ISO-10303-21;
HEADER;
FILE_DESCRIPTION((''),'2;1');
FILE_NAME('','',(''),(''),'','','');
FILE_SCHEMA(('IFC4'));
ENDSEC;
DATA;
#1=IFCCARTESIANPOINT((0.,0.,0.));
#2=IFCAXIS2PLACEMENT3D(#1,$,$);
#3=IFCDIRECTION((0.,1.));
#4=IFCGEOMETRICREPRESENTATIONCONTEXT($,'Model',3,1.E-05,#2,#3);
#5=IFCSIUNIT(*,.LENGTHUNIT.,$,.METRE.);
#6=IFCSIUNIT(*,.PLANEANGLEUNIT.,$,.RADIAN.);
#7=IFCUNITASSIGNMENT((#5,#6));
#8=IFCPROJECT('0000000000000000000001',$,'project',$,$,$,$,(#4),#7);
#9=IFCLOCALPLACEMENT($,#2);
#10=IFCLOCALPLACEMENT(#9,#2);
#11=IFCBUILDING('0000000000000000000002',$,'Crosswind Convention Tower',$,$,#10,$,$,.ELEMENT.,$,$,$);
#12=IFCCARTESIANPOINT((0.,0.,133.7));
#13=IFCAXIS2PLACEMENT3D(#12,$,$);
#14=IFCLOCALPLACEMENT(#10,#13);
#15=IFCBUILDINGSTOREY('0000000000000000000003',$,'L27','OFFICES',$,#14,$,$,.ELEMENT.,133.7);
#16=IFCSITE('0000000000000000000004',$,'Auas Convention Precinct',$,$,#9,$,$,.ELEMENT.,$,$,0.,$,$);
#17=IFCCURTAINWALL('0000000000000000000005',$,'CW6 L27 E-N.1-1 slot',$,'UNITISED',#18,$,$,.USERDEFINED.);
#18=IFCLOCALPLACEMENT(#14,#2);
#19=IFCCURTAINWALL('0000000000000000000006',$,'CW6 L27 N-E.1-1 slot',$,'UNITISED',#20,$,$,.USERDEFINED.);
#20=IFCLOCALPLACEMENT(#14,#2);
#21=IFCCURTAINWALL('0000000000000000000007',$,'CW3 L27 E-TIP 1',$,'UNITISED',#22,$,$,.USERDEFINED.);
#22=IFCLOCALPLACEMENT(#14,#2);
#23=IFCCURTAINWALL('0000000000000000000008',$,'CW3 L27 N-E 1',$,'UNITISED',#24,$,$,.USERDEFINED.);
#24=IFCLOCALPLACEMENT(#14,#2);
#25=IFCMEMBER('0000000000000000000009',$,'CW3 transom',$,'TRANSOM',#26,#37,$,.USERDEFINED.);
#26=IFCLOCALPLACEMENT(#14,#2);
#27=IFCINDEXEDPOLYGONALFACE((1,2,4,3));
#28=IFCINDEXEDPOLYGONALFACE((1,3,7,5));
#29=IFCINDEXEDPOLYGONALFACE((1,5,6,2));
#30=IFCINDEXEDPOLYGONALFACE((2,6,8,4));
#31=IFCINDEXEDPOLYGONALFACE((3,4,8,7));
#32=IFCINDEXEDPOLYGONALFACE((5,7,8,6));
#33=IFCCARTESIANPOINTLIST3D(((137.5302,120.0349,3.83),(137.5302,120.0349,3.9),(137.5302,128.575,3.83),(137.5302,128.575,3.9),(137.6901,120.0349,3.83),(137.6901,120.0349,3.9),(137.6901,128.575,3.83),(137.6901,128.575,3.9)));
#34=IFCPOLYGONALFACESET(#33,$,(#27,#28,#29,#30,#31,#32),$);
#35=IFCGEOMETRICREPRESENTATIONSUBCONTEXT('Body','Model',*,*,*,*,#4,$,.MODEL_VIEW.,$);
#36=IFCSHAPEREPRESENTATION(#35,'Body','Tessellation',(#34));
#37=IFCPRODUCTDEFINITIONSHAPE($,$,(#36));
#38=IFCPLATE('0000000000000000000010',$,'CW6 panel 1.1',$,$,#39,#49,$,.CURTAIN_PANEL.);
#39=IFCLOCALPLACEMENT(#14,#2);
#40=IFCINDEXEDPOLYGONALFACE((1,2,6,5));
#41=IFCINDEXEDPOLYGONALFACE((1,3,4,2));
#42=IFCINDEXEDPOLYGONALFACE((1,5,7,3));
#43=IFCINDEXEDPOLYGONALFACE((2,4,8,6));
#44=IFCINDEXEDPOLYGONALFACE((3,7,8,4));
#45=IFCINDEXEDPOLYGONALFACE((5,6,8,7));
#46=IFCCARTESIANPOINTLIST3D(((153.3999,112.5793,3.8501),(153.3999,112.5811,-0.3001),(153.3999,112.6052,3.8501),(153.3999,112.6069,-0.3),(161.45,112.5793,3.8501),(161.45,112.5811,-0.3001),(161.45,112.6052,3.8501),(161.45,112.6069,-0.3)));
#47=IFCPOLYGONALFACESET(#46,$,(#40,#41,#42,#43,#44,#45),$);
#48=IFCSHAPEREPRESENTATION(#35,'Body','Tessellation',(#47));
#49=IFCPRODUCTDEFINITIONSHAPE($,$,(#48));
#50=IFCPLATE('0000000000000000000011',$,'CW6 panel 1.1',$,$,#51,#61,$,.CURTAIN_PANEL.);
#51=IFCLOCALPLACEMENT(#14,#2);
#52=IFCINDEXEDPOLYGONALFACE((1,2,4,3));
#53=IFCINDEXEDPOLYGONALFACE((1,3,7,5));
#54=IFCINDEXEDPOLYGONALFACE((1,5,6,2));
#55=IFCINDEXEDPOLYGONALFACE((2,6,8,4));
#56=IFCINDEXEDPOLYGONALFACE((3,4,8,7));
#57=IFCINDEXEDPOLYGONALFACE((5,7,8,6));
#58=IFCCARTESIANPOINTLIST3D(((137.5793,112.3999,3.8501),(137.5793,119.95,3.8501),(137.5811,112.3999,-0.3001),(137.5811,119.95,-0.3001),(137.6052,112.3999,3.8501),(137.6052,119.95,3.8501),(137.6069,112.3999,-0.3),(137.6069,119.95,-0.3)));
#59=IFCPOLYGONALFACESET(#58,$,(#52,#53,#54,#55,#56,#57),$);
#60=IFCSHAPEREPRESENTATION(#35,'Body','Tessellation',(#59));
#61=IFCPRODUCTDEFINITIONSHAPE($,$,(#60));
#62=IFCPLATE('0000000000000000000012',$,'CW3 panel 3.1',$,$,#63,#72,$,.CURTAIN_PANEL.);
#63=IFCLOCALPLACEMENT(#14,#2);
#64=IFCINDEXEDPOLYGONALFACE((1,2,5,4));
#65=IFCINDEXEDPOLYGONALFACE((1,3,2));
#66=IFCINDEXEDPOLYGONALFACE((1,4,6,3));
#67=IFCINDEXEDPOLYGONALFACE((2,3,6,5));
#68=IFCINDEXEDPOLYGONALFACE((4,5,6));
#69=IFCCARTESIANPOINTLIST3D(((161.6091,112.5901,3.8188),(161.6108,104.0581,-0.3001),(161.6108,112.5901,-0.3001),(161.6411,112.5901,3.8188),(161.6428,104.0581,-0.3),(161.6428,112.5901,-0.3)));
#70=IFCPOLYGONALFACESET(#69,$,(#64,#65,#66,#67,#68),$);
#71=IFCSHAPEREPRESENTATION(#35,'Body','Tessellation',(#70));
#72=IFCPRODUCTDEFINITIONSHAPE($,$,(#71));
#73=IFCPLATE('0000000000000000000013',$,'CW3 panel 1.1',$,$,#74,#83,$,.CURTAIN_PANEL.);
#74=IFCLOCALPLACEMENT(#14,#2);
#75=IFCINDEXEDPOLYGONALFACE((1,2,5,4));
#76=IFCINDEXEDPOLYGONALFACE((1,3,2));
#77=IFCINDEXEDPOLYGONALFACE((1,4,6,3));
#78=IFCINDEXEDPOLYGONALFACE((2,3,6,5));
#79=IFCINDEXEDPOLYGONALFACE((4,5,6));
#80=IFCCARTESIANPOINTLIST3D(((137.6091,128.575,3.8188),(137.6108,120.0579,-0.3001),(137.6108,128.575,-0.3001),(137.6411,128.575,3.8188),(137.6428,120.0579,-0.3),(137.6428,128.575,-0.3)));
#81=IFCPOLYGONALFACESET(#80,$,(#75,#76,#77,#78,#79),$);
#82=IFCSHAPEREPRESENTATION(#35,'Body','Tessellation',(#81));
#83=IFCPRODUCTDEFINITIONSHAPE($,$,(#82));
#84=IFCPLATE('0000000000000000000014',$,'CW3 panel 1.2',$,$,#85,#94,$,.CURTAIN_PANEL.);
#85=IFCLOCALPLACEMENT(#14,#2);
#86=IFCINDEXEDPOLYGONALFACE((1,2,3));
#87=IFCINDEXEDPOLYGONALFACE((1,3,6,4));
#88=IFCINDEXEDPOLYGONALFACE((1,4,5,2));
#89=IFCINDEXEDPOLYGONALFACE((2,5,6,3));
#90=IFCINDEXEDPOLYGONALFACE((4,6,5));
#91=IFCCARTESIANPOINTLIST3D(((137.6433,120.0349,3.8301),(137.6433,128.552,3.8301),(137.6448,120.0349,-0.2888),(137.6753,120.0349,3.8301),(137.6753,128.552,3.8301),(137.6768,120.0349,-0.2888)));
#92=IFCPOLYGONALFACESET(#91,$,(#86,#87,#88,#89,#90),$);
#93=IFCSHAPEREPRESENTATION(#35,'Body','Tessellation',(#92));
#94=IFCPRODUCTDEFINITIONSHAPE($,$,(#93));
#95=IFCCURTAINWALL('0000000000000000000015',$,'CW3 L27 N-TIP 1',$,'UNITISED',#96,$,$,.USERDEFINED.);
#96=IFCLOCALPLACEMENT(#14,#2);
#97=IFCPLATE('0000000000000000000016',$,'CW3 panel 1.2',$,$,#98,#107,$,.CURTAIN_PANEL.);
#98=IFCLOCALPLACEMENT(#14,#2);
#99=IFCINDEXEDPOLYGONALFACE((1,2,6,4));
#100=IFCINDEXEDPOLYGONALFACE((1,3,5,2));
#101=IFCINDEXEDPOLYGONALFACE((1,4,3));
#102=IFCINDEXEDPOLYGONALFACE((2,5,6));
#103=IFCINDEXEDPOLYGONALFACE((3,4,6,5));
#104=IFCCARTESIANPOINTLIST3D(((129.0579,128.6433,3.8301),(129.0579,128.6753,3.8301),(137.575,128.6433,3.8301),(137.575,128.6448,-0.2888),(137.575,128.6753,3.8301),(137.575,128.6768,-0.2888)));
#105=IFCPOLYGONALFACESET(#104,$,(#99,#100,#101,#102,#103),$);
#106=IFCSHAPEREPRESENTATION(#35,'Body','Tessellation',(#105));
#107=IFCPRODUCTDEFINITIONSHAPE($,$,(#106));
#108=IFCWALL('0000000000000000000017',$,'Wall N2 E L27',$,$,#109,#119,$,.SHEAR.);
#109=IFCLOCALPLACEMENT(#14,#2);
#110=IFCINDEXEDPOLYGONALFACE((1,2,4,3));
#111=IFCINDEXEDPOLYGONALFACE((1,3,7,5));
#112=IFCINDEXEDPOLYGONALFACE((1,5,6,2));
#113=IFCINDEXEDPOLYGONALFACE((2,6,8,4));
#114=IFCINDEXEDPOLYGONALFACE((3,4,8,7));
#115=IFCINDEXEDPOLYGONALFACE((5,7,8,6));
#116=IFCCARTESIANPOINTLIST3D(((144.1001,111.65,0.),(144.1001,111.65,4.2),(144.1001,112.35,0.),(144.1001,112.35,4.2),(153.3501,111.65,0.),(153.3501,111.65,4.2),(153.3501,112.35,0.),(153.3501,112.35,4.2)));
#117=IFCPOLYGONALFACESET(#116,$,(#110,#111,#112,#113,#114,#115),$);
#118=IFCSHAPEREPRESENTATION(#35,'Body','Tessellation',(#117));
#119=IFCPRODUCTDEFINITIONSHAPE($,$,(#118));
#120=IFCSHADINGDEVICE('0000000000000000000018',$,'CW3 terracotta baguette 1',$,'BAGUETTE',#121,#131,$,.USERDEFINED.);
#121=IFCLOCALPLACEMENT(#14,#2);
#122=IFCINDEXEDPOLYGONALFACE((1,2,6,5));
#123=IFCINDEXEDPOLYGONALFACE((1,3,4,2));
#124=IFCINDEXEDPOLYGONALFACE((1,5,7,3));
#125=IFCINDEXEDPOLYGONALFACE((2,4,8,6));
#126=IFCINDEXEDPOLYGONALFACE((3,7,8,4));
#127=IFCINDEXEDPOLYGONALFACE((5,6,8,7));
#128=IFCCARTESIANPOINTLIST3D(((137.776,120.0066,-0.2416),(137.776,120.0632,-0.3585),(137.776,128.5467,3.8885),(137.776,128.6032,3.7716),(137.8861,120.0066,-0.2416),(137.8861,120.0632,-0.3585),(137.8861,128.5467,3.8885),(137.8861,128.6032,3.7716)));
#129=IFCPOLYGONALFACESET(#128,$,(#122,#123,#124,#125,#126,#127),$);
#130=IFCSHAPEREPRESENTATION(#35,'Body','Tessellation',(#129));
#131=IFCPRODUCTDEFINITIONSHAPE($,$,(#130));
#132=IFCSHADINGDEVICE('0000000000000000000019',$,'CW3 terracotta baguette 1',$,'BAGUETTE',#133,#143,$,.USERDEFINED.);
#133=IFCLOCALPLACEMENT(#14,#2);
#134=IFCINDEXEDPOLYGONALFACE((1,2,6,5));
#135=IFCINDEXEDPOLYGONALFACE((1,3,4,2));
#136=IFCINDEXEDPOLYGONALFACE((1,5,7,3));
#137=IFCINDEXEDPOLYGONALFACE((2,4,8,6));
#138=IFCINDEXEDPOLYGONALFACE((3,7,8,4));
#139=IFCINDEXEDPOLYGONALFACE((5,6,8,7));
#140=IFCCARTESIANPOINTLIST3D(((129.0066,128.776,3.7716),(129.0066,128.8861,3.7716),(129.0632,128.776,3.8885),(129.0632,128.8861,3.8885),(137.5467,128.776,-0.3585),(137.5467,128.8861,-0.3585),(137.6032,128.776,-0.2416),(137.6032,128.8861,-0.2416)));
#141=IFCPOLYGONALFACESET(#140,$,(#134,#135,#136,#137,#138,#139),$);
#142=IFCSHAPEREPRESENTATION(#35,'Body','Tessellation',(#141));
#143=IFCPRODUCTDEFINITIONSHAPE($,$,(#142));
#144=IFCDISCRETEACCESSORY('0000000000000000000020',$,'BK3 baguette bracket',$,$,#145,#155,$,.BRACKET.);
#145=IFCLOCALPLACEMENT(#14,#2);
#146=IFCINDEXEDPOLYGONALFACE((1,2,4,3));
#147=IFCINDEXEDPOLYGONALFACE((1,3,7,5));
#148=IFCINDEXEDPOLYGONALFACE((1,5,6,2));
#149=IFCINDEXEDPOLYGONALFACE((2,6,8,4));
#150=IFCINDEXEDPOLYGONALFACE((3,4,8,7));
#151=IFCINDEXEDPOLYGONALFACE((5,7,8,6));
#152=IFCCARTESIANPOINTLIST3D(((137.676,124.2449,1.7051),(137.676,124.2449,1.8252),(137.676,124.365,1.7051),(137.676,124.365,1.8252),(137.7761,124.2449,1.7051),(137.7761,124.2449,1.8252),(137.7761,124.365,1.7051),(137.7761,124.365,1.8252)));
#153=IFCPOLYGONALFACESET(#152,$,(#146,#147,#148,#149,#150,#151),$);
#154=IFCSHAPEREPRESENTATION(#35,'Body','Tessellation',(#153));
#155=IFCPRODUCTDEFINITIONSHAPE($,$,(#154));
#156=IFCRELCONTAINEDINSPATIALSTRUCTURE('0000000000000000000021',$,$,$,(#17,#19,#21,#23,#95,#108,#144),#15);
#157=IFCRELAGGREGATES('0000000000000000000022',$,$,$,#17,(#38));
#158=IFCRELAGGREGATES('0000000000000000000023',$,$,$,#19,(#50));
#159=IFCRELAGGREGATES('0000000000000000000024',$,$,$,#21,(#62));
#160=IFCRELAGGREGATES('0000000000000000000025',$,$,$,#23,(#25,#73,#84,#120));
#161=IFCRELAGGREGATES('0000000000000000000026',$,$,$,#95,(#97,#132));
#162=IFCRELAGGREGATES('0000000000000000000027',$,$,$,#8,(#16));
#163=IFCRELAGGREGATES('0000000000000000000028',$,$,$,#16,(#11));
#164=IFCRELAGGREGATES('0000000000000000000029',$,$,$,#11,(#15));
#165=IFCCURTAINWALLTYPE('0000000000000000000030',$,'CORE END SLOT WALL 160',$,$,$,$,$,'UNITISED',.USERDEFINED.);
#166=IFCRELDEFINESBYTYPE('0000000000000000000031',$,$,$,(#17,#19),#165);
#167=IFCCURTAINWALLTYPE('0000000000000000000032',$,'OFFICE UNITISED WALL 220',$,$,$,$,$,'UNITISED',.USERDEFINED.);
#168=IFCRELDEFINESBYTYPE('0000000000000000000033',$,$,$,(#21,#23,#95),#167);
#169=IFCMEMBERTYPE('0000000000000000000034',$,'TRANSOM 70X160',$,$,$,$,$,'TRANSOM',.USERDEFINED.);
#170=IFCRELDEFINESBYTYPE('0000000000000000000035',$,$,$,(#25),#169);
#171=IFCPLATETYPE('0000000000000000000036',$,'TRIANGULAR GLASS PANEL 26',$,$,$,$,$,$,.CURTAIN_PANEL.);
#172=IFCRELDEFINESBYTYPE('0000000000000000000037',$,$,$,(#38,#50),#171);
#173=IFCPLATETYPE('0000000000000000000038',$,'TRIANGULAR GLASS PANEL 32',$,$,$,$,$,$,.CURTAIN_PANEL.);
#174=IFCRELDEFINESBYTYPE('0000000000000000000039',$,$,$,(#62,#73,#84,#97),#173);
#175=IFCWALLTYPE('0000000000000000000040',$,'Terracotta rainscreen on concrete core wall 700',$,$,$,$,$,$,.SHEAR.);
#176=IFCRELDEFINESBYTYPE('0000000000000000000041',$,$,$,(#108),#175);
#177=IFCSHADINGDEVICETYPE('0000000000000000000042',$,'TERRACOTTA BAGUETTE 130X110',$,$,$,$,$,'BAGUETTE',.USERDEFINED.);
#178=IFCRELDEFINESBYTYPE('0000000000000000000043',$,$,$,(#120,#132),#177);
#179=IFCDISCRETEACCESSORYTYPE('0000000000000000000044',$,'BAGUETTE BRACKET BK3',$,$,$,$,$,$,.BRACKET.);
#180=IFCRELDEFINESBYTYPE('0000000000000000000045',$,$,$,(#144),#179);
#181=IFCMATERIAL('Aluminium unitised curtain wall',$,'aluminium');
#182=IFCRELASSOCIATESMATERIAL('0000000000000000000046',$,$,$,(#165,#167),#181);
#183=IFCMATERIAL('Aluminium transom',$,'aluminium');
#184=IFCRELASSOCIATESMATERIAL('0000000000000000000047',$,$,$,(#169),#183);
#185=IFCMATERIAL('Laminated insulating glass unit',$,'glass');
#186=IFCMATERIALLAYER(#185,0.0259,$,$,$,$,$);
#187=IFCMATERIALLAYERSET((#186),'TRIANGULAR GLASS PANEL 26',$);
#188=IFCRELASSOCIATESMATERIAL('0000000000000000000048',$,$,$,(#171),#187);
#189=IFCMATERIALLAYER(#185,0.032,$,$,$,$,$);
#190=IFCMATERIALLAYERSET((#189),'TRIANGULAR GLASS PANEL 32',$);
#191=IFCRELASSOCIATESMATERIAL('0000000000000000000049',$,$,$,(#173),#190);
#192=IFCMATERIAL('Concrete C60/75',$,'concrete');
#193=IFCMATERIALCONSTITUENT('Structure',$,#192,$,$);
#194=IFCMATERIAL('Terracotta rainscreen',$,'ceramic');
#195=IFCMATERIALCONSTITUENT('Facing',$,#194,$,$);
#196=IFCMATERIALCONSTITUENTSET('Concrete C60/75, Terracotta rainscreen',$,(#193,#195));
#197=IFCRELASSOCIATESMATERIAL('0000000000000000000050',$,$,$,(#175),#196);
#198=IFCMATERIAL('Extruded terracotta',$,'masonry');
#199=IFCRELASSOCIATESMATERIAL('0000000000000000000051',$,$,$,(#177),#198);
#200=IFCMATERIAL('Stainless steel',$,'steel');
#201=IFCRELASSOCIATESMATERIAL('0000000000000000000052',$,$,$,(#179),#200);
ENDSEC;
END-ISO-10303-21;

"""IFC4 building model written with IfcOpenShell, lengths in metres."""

from ifc_helpers import new_model, si_unit, direction, frame, frame_2d, origin, origin_2d, place, context, subcontext, project, spatial, polyline, rectangle, outline, extrude, material, layer, layer_set, constituent, constituent_set, material_profile, profile_set, type_object, element, aggregate, save


model = new_model("IFC4")

# Units and contexts
model_context = context("Model", 3, precision=1e-05, world=origin(), true_north=direction((0.0, 1.0)))
body_context = subcontext(model_context, "Body", "Model", "MODEL_VIEW")
ifc_project = project(units=[si_unit("LENGTHUNIT", "METRE"), si_unit("PLANEANGLEUNIT", "RADIAN")], contexts=[model_context])

# Site, building, storey
site_placement = place(None, origin())
site = spatial("IfcSite", under=ifc_project, at=site_placement, Name="Auas Convention Precinct", CompositionType="ELEMENT", RefElevation=0.0)
building_placement = place(site_placement, origin())
building = spatial("IfcBuilding", under=site, at=building_placement, Name="Crosswind Convention Tower", CompositionType="ELEMENT")
storey_placement = place(building_placement, frame((0.0, 0.0, 133.7)))
storey = spatial("IfcBuildingStorey", under=building, at=storey_placement, Name="L27", Description="OFFICES", CompositionType="ELEMENT", Elevation=133.7)

# Shared definitions
ifc_material_1 = material(Name="Concrete C60/75", Category="concrete")

# Curtain walls
ifc_material_2 = material(Name="Aluminium unitised curtain wall", Category="aluminium")
curtain_wall_type_1 = type_object("IfcCurtainWallType", Name="CORE END SLOT WALL 160", ElementType="UNITISED", PredefinedType="USERDEFINED", material=ifc_material_2)
curtain_wall_1_placement = place(storey_placement, origin())
curtain_wall_1 = element("IfcCurtainWall", 1, at=curtain_wall_1_placement, inside=storey, type_object=curtain_wall_type_1, Name="CW6 L27 E-N.1-1 slot", ObjectType="UNITISED", PredefinedType="USERDEFINED")
curtain_wall_2_placement = place(storey_placement, origin())
curtain_wall_2 = element("IfcCurtainWall", 2, at=curtain_wall_2_placement, inside=storey, type_object=curtain_wall_type_1, Name="CW6 L27 N-E.1-1 slot", ObjectType="UNITISED", PredefinedType="USERDEFINED")

# Curtain wall
curtain_wall_type_2 = type_object("IfcCurtainWallType", Name="OFFICE UNITISED WALL 220", ElementType="UNITISED", PredefinedType="USERDEFINED", material=ifc_material_2)
curtain_wall_3_placement = place(storey_placement, origin())
curtain_wall_3 = element("IfcCurtainWall", 3, at=curtain_wall_3_placement, inside=storey, type_object=curtain_wall_type_2, Name="CW3 L27 E-TIP 1", ObjectType="UNITISED", PredefinedType="USERDEFINED")

# Curtain wall
curtain_wall_4_placement = place(storey_placement, origin())
curtain_wall_4 = element("IfcCurtainWall", 4, at=curtain_wall_4_placement, inside=storey, type_object=curtain_wall_type_2, Name="CW3 L27 N-E 1", ObjectType="UNITISED", PredefinedType="USERDEFINED")

# Member
ifc_material_3 = material(Name="Aluminium transom", Category="aluminium")
ifc_material_profile_1 = material_profile(ifc_material_3, rectangle(XDim=0.1599, YDim=0.0701, at=origin_2d()), Name="AL 160X70")
ifc_profile_set_1 = profile_set([ifc_material_profile_1], Name="Aluminium transom")
member_type_1 = type_object("IfcMemberType", Name="TRANSOM 70X160", ElementType="TRANSOM", PredefinedType="USERDEFINED", material=ifc_profile_set_1)
member_1_placement = place(storey_placement, frame((137.6101, 120.0349, 3.865), z_axis=(0.0, 1.0, 0.0), x_axis=(-1.0, 0.0, 0.0)))
member_1 = element("IfcMember", 5, at=member_1_placement, type_object=member_type_1, Name="CW3 transom", ObjectType="TRANSOM", PredefinedType="USERDEFINED", context=body_context, shape_type="SweptSolid", body=[
    extrude(rectangle(XDim=0.1599, YDim=0.0701, at=origin_2d()), origin(), (0.0, 0.0, 1.0), 8.54),
])

# Plates
ifc_material_4 = material(Name="Laminated insulating glass unit", Category="glass")
ifc_layer_1 = layer(ifc_material_4, 0.0259)
ifc_layer_set_1 = layer_set([ifc_layer_1], Name="TRIANGULAR GLASS PANEL 26")
plate_type_1 = type_object("IfcPlateType", Name="TRIANGULAR GLASS PANEL 26", PredefinedType="CURTAIN_PANEL", material=ifc_layer_set_1)
plate_1_placement = place(storey_placement, frame((161.45, 112.6069, -0.3), z_axis=(0.0, 1.0, 0.000412), x_axis=(-1.0, 0.0, 0.0)))
plate_1 = element("IfcPlate", 6, at=plate_1_placement, type_object=plate_type_1, Name="CW6 panel 1.1", PredefinedType="CURTAIN_PANEL", context=body_context, shape_type="SweptSolid", body=[
    extrude(outline(polyline([(0.0, 0.0), (8.05, 0.0), (8.05, 4.1501), (0.0, 4.1501), (0.0, 0.0)])), origin(), (0.0, 0.0, -1.0), 0.0259),
])
aggregate(curtain_wall_1, [plate_1])
plate_2_placement = place(storey_placement, frame((137.6069, 112.3999, -0.3), z_axis=(1.0, 0.0, 0.000412), x_axis=(0.0, 1.0, 0.0)))
plate_2 = element("IfcPlate", 7, at=plate_2_placement, type_object=plate_type_1, Name="CW6 panel 1.1", PredefinedType="CURTAIN_PANEL", context=body_context, shape_type="SweptSolid", body=[
    extrude(outline(polyline([(0.0, 0.0), (7.55, 0.0), (7.55, 4.1501), (0.0, 4.1501), (0.0, 0.0)])), origin(), (0.0, 0.0, -1.0), 0.0259),
])
aggregate(curtain_wall_2, [plate_2])
ifc_layer_2 = layer(ifc_material_4, 0.032)
ifc_layer_set_2 = layer_set([ifc_layer_2], Name="TRIANGULAR GLASS PANEL 32")
plate_type_2 = type_object("IfcPlateType", Name="TRIANGULAR GLASS PANEL 32", PredefinedType="CURTAIN_PANEL", material=ifc_layer_set_2)
plate_3_placement = place(storey_placement, frame((161.6428, 112.5901, -0.3), z_axis=(1.0, 0.0, 0.000415), x_axis=(-0.000415, 0.0, 1.0)))
plate_3 = element("IfcPlate", 8, at=plate_3_placement, type_object=plate_type_2, Name="CW3 panel 3.1", PredefinedType="CURTAIN_PANEL", context=body_context, shape_type="SweptSolid", body=[
    extrude(outline(polyline([(0.0, 0.0), (4.1189, 0.0), (0.0, 8.532), (0.0, 0.0)])), origin(), (0.0, 0.0, -1.0), 0.032),
])
aggregate(curtain_wall_3, [plate_3])
plate_4_placement = place(storey_placement, frame((137.6428, 128.575, -0.3), z_axis=(1.0, 0.0, 0.000415), x_axis=(-0.000415, 0.0, 1.0)))
plate_4 = element("IfcPlate", 9, at=plate_4_placement, type_object=plate_type_2, Name="CW3 panel 1.1", PredefinedType="CURTAIN_PANEL", context=body_context, shape_type="SweptSolid", body=[
    extrude(outline(polyline([(0.0, 0.0), (4.1189, 0.0), (0.0, 8.5171), (0.0, 0.0)])), origin(), (0.0, 0.0, -1.0), 0.032),
])
plate_5_placement = place(storey_placement, frame((137.6753, 120.0349, 3.8301), z_axis=(1.0, 0.0, 0.000356), x_axis=(0.000356, 0.0, -1.0)))
plate_5 = element("IfcPlate", 10, at=plate_5_placement, type_object=plate_type_2, Name="CW3 panel 1.2", PredefinedType="CURTAIN_PANEL", context=body_context, shape_type="SweptSolid", body=[
    extrude(outline(polyline([(0.0, 0.0), (4.1189, 0.0), (0.0, 8.5171), (0.0, 0.0)])), origin(), (0.0, 0.0, -1.0), 0.032),
])

# Curtain wall, plate
curtain_wall_5_placement = place(storey_placement, origin())
curtain_wall_5 = element("IfcCurtainWall", 11, at=curtain_wall_5_placement, inside=storey, type_object=curtain_wall_type_2, Name="CW3 L27 N-TIP 1", ObjectType="UNITISED", PredefinedType="USERDEFINED")
plate_6_placement = place(storey_placement, frame((137.575, 128.6753, 3.8301), z_axis=(0.0, 1.0, 0.000356), x_axis=(0.0, 0.000356, -1.0)))
plate_6 = element("IfcPlate", 12, at=plate_6_placement, type_object=plate_type_2, Name="CW3 panel 1.2", PredefinedType="CURTAIN_PANEL", context=body_context, shape_type="SweptSolid", body=[
    extrude(outline(polyline([(0.0, 0.0), (4.1189, 0.0), (0.0, 8.5171), (0.0, 0.0)])), origin(), (0.0, 0.0, -1.0), 0.032),
])

# Wall
ifc_constituent_1 = constituent(ifc_material_1, Name="Structure")
ifc_material_5 = material(Name="Terracotta rainscreen", Category="ceramic")
ifc_constituent_2 = constituent(ifc_material_5, Name="Facing")
ifc_constituent_set = constituent_set(constituents=[ifc_constituent_1, ifc_constituent_2], Name="Concrete C60/75, Terracotta rainscreen")
wall_type = type_object("IfcWallType", Name="Terracotta rainscreen on concrete core wall 700", PredefinedType="SHEAR", material=ifc_constituent_set)
wall_placement = place(storey_placement, frame((144.1001, 112.0, 0.0), z_axis=(0.0, 0.0, 1.0), x_axis=(1.0, 0.0, 0.0)))
element("IfcWall", 13, at=wall_placement, inside=storey, type_object=wall_type, Name="Wall N2 E L27", PredefinedType="SHEAR", context=body_context, shape_type="SweptSolid", body=[
    extrude(rectangle(XDim=9.25, YDim=0.7, at=frame_2d((4.625, 0.0))), origin(), (0.0, 0.0, 1.0), 4.2),
])

# Shading devices
ifc_material_6 = material(Name="Extruded terracotta", Category="masonry")
ifc_material_profile_2 = material_profile(ifc_material_6, rectangle(XDim=0.1101, YDim=0.1299, at=origin_2d()), Name="TC 110X130")
ifc_profile_set_2 = profile_set([ifc_material_profile_2], Name="Extruded terracotta")
shading_device_type = type_object("IfcShadingDeviceType", Name="TERRACOTTA BAGUETTE 130X110", ElementType="BAGUETTE", PredefinedType="USERDEFINED", material=ifc_profile_set_2)
shading_device_1_placement = place(storey_placement, frame((137.8311, 120.0349, -0.3), z_axis=(0.0, 0.900248, 0.435377), x_axis=(-1.0, 0.0, 0.0)))
shading_device_1 = element("IfcShadingDevice", 14, at=shading_device_1_placement, type_object=shading_device_type, Name="CW3 terracotta baguette 1", ObjectType="BAGUETTE", PredefinedType="USERDEFINED", context=body_context, shape_type="SweptSolid", body=[
    extrude(rectangle(XDim=0.1101, YDim=0.1299, at=origin_2d()), origin(), (0.0, 0.0, 1.0), 9.4863),
])
aggregate(curtain_wall_4, [member_1, plate_4, plate_5, shading_device_1])
shading_device_2_placement = place(storey_placement, frame((137.575, 128.8311, -0.3), z_axis=(-0.900248, 0.0, 0.435377), x_axis=(0.0, -1.0, 0.0)))
shading_device_2 = element("IfcShadingDevice", 15, at=shading_device_2_placement, type_object=shading_device_type, Name="CW3 terracotta baguette 1", ObjectType="BAGUETTE", PredefinedType="USERDEFINED", context=body_context, shape_type="SweptSolid", body=[
    extrude(rectangle(XDim=0.1101, YDim=0.1299, at=origin_2d()), origin(), (0.0, 0.0, 1.0), 9.4863),
])
aggregate(curtain_wall_5, [plate_6, shading_device_2])

# Discrete accessory
ifc_material_7 = material(Name="Stainless steel", Category="steel")
discrete_accessory_type = type_object("IfcDiscreteAccessoryType", Name="BAGUETTE BRACKET BK3", PredefinedType="BRACKET", material=ifc_material_7)
discrete_accessory_placement = place(storey_placement, frame((137.7261, 124.3049, 1.7051), z_axis=(0.0, 0.0, 1.0), x_axis=(0.0, 1.0, 0.0)))
element("IfcDiscreteAccessory", 16, at=discrete_accessory_placement, inside=storey, type_object=discrete_accessory_type, Name="BK3 baguette bracket", PredefinedType="BRACKET", context=body_context, shape_type="SweptSolid", body=[
    extrude(rectangle(XDim=0.1201, YDim=0.1001, at=origin_2d()), origin(), (0.0, 0.0, 1.0), 0.1201),
])

save(model, "model.ifc")
